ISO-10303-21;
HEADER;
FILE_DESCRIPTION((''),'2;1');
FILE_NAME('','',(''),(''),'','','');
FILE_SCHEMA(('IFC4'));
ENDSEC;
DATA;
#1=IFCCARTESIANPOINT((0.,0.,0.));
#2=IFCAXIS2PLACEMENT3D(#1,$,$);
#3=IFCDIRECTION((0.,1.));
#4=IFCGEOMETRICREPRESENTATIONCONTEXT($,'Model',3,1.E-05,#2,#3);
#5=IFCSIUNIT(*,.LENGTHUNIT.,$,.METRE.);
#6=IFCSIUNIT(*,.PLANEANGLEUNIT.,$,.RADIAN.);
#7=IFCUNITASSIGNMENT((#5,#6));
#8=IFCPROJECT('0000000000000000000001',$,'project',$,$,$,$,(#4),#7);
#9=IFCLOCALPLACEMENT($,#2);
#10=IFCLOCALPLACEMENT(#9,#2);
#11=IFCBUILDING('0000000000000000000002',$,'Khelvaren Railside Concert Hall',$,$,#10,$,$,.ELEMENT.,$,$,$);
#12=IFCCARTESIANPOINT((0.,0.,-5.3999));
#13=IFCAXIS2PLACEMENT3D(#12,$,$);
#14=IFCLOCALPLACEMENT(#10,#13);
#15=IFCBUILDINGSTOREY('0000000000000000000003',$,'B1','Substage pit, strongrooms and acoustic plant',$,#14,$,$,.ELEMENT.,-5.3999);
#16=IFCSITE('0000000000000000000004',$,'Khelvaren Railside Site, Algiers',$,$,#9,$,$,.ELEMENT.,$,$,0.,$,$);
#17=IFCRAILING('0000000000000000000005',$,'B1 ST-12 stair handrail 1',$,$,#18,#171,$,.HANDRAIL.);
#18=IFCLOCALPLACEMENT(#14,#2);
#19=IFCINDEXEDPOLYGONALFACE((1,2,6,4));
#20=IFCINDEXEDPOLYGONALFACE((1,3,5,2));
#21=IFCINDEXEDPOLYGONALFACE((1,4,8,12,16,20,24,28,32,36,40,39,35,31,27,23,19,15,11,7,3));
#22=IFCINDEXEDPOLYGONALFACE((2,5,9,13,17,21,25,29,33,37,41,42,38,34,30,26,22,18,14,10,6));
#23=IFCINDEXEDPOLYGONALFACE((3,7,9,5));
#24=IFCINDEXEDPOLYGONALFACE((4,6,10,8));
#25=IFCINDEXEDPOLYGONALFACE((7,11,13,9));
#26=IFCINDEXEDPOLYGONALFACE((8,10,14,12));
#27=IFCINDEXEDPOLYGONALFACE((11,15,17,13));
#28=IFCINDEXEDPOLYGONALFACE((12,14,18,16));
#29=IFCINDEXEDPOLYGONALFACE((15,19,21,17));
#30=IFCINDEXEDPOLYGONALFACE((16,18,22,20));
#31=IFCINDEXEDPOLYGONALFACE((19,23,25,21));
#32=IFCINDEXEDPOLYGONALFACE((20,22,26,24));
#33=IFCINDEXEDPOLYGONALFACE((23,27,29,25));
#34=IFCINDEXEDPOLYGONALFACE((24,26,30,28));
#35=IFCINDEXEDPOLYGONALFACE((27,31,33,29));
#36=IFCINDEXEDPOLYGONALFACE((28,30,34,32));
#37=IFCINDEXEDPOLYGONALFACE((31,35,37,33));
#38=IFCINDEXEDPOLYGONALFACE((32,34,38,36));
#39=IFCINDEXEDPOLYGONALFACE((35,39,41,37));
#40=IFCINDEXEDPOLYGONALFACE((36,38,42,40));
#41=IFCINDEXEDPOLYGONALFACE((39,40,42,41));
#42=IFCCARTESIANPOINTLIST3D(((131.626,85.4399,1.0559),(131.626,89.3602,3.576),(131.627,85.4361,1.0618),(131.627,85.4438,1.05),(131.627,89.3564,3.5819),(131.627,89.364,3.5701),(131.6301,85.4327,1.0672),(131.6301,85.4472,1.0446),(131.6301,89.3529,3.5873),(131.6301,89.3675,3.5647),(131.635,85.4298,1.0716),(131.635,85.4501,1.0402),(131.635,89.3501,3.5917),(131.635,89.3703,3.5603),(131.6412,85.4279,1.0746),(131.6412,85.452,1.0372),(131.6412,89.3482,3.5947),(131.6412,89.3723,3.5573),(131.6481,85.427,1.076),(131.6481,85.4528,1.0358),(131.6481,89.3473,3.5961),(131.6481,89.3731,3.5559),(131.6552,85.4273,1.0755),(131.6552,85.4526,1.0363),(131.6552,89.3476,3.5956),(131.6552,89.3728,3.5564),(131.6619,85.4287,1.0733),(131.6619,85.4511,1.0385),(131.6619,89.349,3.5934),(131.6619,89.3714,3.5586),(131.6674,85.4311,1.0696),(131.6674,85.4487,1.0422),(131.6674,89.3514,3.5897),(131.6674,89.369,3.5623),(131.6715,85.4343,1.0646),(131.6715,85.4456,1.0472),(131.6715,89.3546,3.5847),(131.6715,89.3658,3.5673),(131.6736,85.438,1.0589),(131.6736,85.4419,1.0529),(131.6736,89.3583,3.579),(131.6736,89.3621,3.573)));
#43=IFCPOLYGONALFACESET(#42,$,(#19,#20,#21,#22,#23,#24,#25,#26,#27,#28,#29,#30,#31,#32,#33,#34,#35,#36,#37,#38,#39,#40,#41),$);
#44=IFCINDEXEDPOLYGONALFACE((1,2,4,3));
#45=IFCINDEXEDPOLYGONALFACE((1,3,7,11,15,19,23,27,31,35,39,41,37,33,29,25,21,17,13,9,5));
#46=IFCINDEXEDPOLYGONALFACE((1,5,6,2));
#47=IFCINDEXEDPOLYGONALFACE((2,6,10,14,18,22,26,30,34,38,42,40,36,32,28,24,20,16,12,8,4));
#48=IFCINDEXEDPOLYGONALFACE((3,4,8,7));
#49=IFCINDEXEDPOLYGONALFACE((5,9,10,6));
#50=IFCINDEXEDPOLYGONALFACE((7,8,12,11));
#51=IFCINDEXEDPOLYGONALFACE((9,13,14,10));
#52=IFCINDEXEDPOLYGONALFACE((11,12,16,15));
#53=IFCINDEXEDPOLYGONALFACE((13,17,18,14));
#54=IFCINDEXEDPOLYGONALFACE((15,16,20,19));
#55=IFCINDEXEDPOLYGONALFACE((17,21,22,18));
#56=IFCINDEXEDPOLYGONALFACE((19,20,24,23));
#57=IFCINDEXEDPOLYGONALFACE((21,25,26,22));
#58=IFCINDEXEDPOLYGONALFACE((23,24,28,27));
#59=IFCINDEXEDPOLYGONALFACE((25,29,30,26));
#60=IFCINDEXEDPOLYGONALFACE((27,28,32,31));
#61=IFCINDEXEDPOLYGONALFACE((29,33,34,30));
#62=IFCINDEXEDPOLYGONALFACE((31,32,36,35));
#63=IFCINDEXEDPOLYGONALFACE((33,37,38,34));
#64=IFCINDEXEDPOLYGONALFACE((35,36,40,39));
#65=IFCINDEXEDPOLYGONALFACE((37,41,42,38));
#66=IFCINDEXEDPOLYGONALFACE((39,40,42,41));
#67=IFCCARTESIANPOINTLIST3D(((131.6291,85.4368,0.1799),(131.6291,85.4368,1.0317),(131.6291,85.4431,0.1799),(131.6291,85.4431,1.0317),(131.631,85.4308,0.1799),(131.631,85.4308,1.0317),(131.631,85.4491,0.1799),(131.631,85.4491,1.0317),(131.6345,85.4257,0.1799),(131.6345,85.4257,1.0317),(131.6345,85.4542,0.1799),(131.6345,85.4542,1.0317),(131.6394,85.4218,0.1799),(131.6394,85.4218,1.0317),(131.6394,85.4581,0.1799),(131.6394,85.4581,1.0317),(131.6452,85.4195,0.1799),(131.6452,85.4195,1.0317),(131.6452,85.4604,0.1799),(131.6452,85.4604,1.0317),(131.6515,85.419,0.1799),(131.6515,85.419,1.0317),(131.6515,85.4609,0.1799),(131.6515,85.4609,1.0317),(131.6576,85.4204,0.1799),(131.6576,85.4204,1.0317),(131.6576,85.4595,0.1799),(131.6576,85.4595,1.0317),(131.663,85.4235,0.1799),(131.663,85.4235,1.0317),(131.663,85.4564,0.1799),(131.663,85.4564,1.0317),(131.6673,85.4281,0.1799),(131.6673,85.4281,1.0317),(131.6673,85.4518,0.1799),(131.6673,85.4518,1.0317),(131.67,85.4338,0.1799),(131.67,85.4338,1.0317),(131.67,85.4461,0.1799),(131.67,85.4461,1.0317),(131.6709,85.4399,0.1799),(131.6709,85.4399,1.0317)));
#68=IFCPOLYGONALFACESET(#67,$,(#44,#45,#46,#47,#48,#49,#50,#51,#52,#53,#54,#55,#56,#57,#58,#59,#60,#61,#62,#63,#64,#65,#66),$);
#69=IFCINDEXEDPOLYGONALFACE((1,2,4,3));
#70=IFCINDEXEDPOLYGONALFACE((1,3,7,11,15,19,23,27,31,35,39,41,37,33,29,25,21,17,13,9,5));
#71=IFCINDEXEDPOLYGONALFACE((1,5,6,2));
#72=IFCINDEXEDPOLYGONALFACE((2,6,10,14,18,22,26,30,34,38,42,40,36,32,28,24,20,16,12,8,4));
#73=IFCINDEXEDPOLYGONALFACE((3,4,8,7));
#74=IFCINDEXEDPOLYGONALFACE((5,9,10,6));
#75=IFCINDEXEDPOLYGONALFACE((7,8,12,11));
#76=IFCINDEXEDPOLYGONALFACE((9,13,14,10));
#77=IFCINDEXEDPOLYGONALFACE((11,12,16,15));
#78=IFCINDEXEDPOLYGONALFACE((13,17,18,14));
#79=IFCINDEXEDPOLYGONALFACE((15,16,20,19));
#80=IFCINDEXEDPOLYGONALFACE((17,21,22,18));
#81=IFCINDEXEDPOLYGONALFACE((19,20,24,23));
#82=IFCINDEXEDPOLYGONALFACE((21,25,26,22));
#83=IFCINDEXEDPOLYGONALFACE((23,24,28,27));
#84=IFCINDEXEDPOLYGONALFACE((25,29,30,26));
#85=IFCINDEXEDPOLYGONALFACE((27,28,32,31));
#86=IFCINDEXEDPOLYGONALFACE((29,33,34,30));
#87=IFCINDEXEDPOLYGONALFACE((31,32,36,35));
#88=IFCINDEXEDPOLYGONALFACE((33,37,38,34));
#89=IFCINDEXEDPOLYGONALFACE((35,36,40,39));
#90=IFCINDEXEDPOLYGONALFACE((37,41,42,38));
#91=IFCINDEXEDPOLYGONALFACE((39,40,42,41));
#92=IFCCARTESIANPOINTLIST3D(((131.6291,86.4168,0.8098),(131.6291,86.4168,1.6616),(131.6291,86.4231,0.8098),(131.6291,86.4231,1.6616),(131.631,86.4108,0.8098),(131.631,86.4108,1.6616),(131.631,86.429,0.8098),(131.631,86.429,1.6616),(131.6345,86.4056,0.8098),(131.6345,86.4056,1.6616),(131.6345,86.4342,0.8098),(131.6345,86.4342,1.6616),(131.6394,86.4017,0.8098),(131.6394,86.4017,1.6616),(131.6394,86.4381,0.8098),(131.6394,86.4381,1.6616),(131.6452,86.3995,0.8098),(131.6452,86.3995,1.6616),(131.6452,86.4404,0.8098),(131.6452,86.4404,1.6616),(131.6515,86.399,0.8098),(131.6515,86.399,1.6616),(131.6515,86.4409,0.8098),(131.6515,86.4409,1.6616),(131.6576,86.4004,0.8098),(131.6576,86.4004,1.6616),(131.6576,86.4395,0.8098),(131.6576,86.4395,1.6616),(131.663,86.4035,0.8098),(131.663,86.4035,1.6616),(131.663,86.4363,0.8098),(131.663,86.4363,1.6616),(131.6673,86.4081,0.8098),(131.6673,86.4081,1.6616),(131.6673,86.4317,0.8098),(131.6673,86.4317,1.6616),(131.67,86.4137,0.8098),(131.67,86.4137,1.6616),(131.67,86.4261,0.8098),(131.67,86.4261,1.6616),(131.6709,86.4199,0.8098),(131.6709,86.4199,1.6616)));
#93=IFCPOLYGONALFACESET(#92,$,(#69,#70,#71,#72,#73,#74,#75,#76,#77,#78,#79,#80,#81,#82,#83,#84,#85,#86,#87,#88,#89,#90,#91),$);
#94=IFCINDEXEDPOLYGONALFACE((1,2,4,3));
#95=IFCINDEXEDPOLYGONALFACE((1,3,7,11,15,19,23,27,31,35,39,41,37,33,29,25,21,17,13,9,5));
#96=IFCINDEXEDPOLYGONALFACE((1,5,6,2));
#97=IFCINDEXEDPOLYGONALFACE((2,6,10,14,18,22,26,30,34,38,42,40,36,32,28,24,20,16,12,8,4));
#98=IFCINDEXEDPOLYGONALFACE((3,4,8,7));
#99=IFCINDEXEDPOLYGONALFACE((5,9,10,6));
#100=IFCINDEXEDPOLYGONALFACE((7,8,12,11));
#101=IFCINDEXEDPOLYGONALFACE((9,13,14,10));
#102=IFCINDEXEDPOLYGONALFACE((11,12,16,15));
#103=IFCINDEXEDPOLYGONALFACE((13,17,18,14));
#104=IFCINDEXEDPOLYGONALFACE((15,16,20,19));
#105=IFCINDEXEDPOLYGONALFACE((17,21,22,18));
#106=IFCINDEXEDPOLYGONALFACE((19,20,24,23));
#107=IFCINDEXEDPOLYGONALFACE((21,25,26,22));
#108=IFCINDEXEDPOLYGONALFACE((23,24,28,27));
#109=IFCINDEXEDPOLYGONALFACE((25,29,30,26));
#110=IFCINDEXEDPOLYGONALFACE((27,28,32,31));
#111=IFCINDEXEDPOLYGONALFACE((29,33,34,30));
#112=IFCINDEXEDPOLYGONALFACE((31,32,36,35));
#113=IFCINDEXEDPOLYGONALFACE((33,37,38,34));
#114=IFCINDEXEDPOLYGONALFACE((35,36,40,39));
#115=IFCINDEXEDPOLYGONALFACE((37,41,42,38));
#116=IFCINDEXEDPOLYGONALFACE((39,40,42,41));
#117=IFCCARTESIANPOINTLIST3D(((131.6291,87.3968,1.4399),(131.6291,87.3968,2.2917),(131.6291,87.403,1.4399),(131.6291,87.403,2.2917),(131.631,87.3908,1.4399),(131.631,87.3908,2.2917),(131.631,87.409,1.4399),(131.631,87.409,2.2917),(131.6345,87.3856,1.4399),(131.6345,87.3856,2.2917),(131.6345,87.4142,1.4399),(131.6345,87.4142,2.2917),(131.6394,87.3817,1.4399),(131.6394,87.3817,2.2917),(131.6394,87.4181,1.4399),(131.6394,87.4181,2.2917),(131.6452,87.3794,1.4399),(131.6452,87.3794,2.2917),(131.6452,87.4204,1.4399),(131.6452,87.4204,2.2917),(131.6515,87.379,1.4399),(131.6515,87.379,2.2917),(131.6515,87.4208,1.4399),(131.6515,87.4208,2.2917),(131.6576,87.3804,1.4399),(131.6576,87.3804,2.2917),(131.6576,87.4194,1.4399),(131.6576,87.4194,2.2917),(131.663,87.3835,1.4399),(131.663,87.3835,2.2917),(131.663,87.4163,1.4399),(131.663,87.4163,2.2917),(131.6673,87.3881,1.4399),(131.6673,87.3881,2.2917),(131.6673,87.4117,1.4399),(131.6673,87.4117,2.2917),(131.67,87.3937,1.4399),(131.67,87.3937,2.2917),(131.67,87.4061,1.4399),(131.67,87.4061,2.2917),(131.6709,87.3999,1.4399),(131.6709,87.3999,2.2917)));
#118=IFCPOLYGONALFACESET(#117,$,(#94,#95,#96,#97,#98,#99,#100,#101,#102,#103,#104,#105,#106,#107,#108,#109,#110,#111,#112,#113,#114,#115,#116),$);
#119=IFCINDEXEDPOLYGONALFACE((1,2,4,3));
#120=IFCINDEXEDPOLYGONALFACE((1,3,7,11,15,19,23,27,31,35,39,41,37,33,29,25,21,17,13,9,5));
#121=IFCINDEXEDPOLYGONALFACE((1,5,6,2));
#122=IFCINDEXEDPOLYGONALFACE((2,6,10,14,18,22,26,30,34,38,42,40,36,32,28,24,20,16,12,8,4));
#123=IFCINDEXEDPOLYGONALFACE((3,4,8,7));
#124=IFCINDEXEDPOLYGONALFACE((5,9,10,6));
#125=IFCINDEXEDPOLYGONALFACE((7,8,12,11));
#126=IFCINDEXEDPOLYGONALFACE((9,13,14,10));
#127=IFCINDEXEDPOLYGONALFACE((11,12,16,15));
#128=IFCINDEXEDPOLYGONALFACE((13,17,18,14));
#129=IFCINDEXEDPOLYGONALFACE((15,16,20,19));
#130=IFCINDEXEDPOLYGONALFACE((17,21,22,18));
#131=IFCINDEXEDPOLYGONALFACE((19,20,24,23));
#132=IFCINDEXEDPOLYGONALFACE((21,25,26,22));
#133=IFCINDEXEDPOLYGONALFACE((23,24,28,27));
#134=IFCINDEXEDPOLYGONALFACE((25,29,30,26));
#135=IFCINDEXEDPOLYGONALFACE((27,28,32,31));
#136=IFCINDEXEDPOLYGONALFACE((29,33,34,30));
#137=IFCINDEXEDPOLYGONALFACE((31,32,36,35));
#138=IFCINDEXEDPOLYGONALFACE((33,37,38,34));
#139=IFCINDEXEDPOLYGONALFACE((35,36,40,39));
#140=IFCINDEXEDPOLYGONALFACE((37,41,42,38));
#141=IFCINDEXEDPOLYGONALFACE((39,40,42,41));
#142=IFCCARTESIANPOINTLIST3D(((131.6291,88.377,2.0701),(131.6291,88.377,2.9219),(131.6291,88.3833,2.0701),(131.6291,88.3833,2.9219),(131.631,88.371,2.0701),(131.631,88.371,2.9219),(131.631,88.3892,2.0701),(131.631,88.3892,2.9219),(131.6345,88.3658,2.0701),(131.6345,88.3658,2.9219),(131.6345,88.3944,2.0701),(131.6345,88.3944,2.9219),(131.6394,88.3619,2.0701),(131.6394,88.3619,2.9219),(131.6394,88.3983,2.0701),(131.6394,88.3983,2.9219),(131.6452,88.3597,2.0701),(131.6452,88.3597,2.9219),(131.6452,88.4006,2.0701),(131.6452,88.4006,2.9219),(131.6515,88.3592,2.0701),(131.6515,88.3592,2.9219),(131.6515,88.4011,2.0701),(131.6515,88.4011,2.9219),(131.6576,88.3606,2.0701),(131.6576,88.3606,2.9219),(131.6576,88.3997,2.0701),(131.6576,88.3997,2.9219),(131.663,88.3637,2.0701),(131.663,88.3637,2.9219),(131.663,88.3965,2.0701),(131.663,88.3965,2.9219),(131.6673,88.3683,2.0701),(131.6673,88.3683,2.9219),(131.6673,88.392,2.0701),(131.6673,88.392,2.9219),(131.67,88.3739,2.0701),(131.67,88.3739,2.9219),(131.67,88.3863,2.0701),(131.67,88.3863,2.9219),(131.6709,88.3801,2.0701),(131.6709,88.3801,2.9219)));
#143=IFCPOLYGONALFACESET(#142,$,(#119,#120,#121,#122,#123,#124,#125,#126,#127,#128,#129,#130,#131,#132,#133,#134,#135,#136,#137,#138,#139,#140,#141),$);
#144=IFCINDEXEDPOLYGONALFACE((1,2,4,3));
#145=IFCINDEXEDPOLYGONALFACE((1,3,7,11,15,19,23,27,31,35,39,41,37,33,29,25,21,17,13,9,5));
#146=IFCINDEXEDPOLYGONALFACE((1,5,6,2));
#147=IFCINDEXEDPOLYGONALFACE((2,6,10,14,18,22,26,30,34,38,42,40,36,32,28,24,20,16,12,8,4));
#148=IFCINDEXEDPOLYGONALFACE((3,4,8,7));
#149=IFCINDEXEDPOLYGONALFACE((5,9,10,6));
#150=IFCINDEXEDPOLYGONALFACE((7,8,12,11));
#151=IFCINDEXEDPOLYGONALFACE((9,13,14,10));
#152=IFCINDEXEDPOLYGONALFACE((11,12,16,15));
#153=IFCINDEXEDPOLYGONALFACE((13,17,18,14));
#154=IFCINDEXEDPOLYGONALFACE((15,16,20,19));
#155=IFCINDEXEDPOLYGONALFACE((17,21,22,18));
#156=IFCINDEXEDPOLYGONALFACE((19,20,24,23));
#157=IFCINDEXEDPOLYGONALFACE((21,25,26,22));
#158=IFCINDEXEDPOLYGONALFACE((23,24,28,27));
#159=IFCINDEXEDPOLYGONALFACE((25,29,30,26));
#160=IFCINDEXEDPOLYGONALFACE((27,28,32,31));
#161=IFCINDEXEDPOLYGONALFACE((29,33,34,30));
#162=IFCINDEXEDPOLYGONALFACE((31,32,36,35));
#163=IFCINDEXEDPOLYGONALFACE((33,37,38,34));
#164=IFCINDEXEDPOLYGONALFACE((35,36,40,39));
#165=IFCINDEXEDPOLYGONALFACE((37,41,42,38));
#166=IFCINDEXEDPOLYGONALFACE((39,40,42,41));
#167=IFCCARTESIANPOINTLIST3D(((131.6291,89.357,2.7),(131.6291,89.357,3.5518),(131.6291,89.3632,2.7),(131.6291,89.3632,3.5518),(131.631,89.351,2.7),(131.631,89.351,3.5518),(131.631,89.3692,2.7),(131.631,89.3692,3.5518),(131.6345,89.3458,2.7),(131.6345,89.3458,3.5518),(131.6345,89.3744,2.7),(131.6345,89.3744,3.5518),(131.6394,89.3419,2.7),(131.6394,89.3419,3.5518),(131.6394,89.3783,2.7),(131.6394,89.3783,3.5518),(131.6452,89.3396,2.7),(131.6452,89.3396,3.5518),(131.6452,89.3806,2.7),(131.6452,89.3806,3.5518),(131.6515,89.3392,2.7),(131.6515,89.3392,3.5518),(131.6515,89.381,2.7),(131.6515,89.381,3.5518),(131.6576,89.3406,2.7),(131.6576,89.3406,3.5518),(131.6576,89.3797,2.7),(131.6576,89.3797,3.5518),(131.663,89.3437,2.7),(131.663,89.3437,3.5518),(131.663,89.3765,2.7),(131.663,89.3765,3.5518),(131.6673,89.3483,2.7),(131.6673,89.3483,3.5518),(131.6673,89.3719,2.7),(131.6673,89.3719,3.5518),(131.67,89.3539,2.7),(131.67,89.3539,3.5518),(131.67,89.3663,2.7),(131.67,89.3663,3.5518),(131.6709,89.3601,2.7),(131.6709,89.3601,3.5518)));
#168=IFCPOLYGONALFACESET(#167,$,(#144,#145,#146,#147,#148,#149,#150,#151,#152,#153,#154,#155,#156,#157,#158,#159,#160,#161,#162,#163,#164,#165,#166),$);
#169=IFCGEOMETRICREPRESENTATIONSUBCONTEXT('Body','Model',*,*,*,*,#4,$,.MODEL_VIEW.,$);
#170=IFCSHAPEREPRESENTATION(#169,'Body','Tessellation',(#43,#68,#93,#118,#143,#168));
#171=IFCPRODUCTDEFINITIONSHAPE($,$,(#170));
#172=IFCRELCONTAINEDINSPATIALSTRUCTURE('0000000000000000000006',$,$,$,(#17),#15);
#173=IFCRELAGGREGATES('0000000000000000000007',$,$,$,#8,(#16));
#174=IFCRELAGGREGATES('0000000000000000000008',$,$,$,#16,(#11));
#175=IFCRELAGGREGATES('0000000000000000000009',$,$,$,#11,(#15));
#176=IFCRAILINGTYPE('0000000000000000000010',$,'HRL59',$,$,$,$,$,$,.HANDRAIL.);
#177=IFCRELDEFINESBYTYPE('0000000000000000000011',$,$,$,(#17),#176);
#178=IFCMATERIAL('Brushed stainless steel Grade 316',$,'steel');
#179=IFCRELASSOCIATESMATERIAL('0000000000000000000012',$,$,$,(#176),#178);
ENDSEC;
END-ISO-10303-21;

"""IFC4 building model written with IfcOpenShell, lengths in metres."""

from ifc_helpers import new_model, si_unit, direction, frame, origin, origin_2d, place, context, subcontext, project, spatial, circle, extrude, material, type_object, element, save


model = new_model("IFC4")

# Units and contexts
model_context = context("Model", 3, precision=1e-05, world=origin(), true_north=direction((0.0, 1.0)))
body_context = subcontext(model_context, "Body", "Model", "MODEL_VIEW")
ifc_project = project(units=[si_unit("LENGTHUNIT", "METRE"), si_unit("PLANEANGLEUNIT", "RADIAN")], contexts=[model_context])

# Site, building, storey
site_placement = place(None, origin())
site = spatial("IfcSite", under=ifc_project, at=site_placement, Name="Khelvaren Railside Site, Algiers", CompositionType="ELEMENT", RefElevation=0.0)
building_placement = place(site_placement, origin())
building = spatial("IfcBuilding", under=site, at=building_placement, Name="Khelvaren Railside Concert Hall", CompositionType="ELEMENT")
storey_placement = place(building_placement, frame((0.0, 0.0, -5.3999)))
storey = spatial("IfcBuildingStorey", under=building, at=storey_placement, Name="B1", Description="Substage pit, strongrooms and acoustic plant", CompositionType="ELEMENT", Elevation=-5.3999)

# Railing
ifc_material_1 = material(Name="Brushed stainless steel Grade 316", Category="steel")
railing_type_1 = type_object("IfcRailingType", Name="HRL59", PredefinedType="HANDRAIL", material=ifc_material_1)
railing_1_placement = place(storey_placement, frame((131.6499, 85.4399, 0.1799)))
element("IfcRailing", 1, at=railing_1_placement, inside=storey, type_object=railing_type_1, Name="B1 ST-12 stair handrail 1", PredefinedType="HANDRAIL", context=body_context, shape_type="SweptSolid", body=[
    extrude(circle(Radius=0.0239, at=origin_2d()), frame((0.0, 0.0, 0.876), z_axis=(0.0, 0.841187, 0.540744), x_axis=(-1.0, 0.0, 0.0)), (0.0, 0.0, 1.0), 4.6604),
    extrude(circle(Radius=0.021, at=origin_2d()), origin(), (0.0, 0.0, 1.0), 0.8518),
    extrude(circle(Radius=0.021, at=origin_2d()), frame((0.0, 0.98, 0.6299)), (0.0, 0.0, 1.0), 0.8518),
    extrude(circle(Radius=0.021, at=origin_2d()), frame((0.0, 1.96, 1.26)), (0.0, 0.0, 1.0), 0.8518),
    extrude(circle(Radius=0.021, at=origin_2d()), frame((0.0, 2.9402, 1.8901)), (0.0, 0.0, 1.0), 0.8518),
    extrude(circle(Radius=0.021, at=origin_2d()), frame((0.0, 3.9202, 2.52)), (0.0, 0.0, 1.0), 0.8518),
])

save(model, "model.ifc")
